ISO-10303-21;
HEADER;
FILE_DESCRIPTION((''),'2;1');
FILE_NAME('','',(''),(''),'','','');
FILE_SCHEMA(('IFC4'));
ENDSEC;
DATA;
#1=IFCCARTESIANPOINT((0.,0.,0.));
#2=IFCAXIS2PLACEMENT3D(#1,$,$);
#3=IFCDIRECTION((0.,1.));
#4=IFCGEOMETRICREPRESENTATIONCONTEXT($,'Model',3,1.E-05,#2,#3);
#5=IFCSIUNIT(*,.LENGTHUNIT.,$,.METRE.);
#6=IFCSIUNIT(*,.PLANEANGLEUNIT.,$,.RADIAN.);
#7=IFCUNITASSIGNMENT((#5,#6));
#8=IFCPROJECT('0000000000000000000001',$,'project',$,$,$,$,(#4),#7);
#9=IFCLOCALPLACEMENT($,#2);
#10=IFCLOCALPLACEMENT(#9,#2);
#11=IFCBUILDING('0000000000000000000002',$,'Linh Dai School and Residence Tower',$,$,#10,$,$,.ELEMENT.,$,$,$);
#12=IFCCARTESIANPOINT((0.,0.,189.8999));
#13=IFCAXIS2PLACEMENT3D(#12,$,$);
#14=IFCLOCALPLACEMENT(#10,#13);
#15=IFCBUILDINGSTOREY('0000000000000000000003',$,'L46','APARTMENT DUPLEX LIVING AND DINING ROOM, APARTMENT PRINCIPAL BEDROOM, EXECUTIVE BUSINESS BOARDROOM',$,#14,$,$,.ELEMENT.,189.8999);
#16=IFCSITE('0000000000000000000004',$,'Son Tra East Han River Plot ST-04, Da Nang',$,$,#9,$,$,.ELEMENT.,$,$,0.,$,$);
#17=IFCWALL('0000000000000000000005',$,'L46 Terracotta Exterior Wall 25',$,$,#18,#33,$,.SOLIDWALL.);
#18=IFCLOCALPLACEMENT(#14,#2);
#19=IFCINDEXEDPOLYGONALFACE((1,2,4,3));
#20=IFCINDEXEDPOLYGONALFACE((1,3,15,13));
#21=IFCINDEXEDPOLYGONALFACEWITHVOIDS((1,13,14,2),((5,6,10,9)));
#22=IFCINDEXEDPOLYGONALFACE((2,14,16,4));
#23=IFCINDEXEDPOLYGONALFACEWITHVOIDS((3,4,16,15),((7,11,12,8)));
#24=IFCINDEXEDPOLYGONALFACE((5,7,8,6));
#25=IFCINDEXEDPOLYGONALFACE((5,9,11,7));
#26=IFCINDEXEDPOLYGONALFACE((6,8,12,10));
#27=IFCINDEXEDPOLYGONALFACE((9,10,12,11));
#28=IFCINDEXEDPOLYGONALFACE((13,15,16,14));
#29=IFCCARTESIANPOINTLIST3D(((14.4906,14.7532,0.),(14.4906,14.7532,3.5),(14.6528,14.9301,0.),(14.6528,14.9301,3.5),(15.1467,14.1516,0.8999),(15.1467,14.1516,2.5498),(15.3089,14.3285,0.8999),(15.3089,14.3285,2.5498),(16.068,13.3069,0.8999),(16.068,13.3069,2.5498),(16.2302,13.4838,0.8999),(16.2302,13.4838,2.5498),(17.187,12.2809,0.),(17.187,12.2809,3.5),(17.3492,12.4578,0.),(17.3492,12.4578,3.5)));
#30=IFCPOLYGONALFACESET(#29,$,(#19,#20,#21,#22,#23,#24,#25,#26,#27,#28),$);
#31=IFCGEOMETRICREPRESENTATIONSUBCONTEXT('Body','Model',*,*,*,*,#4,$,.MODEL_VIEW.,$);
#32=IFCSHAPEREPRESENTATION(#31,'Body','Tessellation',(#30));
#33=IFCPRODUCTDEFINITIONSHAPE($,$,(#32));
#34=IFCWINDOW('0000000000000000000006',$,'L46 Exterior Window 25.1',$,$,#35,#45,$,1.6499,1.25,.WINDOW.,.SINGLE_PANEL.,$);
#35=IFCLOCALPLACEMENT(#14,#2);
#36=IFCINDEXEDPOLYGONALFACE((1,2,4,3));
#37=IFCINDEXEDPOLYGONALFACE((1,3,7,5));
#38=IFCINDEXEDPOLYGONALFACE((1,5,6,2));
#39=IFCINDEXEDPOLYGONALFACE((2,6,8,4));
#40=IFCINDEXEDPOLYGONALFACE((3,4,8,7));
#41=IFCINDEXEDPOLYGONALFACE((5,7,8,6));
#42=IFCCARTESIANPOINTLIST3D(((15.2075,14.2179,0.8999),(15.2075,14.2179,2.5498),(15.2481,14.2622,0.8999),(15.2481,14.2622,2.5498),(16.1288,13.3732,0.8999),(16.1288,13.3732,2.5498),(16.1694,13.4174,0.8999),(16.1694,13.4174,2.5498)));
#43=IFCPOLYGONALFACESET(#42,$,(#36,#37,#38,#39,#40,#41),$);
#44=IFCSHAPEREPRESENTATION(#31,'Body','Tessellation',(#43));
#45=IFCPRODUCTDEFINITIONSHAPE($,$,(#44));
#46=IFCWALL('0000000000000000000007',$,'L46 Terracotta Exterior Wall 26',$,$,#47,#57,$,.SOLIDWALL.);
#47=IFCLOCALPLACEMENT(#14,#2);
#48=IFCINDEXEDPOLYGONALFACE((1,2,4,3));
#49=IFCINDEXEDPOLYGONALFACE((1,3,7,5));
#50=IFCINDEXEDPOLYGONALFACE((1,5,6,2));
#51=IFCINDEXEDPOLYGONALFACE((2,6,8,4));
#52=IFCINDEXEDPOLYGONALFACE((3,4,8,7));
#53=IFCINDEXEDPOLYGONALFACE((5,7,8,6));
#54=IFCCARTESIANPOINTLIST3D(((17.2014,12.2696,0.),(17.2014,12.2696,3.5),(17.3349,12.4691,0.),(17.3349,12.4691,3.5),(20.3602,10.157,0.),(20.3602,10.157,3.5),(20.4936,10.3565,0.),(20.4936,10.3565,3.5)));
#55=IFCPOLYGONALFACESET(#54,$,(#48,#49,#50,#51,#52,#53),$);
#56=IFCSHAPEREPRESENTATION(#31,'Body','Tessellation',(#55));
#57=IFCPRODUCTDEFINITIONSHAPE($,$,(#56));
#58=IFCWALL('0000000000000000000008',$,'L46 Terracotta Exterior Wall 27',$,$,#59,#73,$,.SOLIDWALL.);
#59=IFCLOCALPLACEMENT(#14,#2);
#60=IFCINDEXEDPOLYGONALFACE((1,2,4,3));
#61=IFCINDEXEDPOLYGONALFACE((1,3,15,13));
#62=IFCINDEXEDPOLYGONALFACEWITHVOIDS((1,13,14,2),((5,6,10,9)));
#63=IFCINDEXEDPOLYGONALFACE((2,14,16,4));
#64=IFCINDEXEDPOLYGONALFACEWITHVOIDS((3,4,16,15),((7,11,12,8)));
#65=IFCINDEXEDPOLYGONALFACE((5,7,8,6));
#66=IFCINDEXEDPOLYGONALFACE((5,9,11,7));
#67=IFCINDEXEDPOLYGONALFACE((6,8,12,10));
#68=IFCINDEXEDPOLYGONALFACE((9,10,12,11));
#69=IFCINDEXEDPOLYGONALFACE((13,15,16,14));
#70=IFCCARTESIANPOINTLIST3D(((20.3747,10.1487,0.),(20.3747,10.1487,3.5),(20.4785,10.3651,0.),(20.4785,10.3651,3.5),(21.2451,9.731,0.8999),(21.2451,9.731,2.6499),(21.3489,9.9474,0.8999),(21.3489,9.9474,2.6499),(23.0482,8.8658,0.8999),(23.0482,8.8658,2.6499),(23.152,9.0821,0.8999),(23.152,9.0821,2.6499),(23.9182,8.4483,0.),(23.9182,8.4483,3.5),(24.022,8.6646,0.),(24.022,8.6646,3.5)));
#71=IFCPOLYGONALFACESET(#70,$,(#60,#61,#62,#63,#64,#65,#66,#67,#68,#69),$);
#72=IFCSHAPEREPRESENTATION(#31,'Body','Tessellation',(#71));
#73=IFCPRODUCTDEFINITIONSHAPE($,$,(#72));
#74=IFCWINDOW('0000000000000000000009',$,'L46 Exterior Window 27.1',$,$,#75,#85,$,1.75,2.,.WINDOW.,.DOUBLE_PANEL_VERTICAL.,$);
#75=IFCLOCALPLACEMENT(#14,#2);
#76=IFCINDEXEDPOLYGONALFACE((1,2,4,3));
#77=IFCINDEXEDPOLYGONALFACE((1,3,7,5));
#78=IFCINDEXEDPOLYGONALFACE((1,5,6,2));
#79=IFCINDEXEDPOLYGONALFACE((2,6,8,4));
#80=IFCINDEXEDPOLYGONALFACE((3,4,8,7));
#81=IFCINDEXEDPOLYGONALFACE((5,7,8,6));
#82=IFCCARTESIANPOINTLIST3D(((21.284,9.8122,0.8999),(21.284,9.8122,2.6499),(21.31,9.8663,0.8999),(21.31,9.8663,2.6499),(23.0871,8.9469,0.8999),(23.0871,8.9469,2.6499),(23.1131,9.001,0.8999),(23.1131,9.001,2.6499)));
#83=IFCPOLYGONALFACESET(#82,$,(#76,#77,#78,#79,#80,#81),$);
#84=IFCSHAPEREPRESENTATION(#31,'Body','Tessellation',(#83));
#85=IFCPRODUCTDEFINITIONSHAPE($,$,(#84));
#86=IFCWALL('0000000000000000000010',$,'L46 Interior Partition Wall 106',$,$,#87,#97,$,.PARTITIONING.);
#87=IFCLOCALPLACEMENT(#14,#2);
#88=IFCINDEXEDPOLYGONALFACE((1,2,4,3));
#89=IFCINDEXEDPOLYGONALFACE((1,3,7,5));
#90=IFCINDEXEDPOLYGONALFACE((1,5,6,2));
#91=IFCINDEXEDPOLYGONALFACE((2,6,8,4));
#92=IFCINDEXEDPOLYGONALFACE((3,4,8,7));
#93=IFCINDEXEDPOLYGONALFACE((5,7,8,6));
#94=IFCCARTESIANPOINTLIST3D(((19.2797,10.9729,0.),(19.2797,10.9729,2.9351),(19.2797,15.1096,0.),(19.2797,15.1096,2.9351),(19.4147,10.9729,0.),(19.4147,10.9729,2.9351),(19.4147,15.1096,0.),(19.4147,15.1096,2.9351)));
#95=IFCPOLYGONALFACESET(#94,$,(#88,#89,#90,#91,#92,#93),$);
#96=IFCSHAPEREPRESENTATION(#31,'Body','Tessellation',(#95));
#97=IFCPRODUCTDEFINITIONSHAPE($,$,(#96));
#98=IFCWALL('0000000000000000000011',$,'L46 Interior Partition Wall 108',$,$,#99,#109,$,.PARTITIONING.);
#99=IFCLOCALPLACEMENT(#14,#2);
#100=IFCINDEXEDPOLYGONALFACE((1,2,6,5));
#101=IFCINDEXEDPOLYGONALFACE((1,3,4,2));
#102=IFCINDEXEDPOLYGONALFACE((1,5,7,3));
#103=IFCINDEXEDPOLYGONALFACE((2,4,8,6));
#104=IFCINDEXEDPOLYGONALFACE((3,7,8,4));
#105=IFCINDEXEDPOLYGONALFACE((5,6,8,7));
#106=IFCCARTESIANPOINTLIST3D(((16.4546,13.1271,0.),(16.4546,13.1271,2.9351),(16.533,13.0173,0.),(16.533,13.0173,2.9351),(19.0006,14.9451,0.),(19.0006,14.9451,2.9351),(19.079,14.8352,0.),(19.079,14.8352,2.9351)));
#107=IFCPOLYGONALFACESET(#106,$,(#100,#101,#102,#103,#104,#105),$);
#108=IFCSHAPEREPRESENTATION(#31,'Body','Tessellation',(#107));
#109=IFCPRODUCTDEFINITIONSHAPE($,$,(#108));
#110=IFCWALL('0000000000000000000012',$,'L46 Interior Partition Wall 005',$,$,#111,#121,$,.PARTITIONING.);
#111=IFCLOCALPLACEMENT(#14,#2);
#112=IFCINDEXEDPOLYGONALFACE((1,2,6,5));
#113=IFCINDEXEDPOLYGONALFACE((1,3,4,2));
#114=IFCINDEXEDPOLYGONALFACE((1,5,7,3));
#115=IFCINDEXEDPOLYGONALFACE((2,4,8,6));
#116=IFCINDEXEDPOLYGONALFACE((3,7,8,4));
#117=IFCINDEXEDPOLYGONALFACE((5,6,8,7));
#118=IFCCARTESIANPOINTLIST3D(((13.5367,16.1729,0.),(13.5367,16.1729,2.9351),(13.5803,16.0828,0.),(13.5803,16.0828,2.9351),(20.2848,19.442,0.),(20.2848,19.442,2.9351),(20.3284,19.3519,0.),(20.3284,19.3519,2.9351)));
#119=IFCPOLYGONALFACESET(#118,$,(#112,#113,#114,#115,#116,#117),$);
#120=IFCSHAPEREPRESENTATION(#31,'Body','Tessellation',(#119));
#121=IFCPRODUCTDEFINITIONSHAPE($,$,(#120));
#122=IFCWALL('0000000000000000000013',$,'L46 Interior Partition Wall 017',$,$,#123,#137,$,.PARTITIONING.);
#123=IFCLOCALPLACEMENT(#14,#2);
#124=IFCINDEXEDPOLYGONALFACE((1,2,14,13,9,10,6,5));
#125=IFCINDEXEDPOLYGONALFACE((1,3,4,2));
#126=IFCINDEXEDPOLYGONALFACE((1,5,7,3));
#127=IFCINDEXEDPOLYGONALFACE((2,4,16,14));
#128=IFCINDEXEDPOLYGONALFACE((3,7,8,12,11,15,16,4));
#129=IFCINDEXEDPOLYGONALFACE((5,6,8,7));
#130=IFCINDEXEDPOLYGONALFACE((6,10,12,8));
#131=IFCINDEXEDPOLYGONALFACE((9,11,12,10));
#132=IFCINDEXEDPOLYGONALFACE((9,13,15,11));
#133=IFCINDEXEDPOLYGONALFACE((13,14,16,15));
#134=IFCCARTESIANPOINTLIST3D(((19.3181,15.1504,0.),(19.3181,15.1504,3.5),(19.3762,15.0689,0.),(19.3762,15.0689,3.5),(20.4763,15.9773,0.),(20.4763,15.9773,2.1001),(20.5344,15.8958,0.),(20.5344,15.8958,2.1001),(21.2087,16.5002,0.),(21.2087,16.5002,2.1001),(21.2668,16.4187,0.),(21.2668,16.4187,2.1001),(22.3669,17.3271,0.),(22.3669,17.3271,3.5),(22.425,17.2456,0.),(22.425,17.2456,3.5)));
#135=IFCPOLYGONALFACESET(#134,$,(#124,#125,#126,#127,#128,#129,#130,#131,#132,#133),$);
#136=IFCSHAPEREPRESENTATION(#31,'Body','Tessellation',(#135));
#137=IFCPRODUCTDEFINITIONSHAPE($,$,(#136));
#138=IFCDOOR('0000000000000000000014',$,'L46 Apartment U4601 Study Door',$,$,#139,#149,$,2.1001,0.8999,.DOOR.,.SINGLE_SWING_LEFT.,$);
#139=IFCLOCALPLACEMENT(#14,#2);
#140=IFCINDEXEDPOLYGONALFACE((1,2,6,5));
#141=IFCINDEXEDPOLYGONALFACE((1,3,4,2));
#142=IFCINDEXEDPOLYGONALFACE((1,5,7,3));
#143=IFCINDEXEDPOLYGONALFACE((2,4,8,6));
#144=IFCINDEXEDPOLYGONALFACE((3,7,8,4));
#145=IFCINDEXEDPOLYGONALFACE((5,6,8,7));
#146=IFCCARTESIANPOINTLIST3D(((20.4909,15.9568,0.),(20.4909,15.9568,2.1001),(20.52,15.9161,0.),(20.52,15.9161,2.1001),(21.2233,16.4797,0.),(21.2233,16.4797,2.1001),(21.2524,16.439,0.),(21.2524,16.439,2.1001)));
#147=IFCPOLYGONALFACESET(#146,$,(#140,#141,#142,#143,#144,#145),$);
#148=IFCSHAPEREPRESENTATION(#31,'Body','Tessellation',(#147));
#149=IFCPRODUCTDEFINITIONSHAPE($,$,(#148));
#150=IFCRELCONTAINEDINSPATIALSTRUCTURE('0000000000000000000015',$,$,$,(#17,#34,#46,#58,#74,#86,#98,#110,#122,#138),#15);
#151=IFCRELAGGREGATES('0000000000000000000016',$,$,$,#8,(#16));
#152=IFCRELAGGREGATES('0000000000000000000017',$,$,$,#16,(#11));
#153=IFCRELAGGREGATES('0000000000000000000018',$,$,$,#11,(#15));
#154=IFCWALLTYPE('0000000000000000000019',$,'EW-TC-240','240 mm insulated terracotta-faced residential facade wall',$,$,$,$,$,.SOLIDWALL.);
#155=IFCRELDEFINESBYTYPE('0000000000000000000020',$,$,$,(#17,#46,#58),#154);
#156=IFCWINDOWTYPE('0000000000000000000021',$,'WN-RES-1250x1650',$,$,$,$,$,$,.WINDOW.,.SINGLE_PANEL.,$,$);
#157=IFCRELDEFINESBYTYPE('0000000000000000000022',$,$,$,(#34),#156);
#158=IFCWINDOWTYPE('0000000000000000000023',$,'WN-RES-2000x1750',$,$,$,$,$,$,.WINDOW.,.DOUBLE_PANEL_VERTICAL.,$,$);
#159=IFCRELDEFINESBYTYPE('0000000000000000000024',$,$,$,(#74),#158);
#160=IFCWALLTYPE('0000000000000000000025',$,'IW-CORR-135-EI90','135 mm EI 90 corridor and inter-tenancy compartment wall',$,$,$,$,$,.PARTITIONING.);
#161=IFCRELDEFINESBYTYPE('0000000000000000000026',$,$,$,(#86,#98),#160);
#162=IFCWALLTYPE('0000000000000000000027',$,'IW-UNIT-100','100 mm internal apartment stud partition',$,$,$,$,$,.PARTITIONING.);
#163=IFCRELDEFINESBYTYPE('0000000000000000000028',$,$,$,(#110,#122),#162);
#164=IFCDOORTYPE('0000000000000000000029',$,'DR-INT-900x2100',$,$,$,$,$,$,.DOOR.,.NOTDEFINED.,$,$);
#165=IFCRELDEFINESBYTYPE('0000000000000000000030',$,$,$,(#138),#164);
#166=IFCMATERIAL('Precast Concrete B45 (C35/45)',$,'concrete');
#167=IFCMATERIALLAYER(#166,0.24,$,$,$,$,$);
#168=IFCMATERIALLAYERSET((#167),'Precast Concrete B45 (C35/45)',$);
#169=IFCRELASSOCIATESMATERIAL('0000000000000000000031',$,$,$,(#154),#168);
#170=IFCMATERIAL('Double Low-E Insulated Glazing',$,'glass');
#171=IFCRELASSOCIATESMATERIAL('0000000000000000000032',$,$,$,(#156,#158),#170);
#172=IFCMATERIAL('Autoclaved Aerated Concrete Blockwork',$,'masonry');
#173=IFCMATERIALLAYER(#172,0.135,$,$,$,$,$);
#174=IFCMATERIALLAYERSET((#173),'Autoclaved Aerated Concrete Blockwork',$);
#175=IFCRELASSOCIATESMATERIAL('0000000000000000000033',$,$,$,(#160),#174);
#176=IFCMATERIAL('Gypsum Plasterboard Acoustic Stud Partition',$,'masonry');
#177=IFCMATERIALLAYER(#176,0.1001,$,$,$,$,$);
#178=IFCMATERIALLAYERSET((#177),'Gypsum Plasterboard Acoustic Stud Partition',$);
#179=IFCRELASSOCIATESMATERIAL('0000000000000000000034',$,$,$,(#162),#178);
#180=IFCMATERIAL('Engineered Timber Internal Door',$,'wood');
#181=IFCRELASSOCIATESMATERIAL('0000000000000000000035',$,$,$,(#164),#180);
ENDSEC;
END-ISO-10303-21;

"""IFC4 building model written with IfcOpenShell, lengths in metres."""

from ifc_helpers import new_model, si_unit, direction, frame, frame_2d, origin, origin_2d, place, context, subcontext, project, spatial, rectangle, extrude, source, transform, mapped, material, layer, layer_set, type_object, element, fill, save


model = new_model("IFC4")

# Units and contexts
model_context = context("Model", 3, precision=1e-05, world=origin(), true_north=direction((0.0, 1.0)))
body_context = subcontext(model_context, "Body", "Model", "MODEL_VIEW")
ifc_project = project(units=[si_unit("LENGTHUNIT", "METRE"), si_unit("PLANEANGLEUNIT", "RADIAN")], contexts=[model_context])

# Site, building, storey
site_placement = place(None, origin())
site = spatial("IfcSite", under=ifc_project, at=site_placement, Name="Son Tra East Han River Plot ST-04, Da Nang", CompositionType="ELEMENT", RefElevation=0.0)
building_placement = place(site_placement, origin())
building = spatial("IfcBuilding", under=site, at=building_placement, Name="Linh Dai School and Residence Tower", CompositionType="ELEMENT")
storey_placement = place(building_placement, frame((0.0, 0.0, 189.8999)))
storey = spatial("IfcBuildingStorey", under=building, at=storey_placement, Name="L46", Description="APARTMENT DUPLEX LIVING AND DINING ROOM, APARTMENT PRINCIPAL BEDROOM, EXECUTIVE BUSINESS BOARDROOM", CompositionType="ELEMENT", Elevation=189.8999)

# Shared definitions
ifc_material_1 = material(Name="Precast Concrete B45 (C35/45)", Category="concrete")

# Shared definitions
ifc_layer_1 = layer(ifc_material_1, 0.24)
ifc_layer_set_1 = layer_set([ifc_layer_1], Name="Precast Concrete B45 (C35/45)")
wall_type_1 = type_object("IfcWallType", Name="EW-TC-240", Description="240 mm insulated terracotta-faced residential facade wall", PredefinedType="SOLIDWALL", material=ifc_layer_set_1)

# Wall, opening, window
wall_1_placement = place(storey_placement, frame((17.2681, 12.3694, 0.0), z_axis=(0.0, 0.0, 1.0), x_axis=(-0.737077, 0.675809, 0.0)))
wall_1 = element("IfcWall", 1, at=wall_1_placement, inside=storey, type_object=wall_type_1, Name="L46 Terracotta Exterior Wall 25", PredefinedType="SOLIDWALL", context=body_context, shape_type="SweptSolid", body=[
    extrude(rectangle(XDim=3.6582, YDim=0.24, at=frame_2d((1.8291, 0.0))), origin(), (0.0, 0.0, 1.0), 3.5),
])
opening_1_placement = place(wall_1_placement, frame((1.5181, 0.0, 0.8999)))
opening_1 = element("IfcOpeningElement", 2, at=opening_1_placement, cuts=wall_1, PredefinedType="OPENING", context=body_context, shape_type="SweptSolid", body=[
    extrude(rectangle(XDim=1.25, YDim=1.6499, at=origin_2d()), frame((0.625, 0.1299, 0.825), z_axis=(0.0, -1.0, 0.0), x_axis=(1.0, 0.0, 0.0)), (0.0, 0.0, 1.0), 0.26),
])
ifc_material_2 = material(Name="Double Low-E Insulated Glazing", Category="glass")
window_type_1 = type_object("IfcWindowType", Name="WN-RES-1250x1650", PartitioningType="SINGLE_PANEL", PredefinedType="WINDOW", material=ifc_material_2)
shared_shape_1 = source(origin(), body_context, "Body", "SweptSolid", [
    extrude(rectangle(XDim=1.25, YDim=1.6499, at=origin_2d()), frame((0.625, 0.03, 0.825), z_axis=(0.0, -1.0, 0.0), x_axis=(1.0, 0.0, 0.0)), (0.0, 0.0, 1.0), 0.0601),
])
window_1_placement = place(opening_1_placement, origin())
window_1 = element("IfcWindow", 3, at=window_1_placement, inside=storey, type_object=window_type_1, Name="L46 Exterior Window 25.1", OverallHeight=1.6499, OverallWidth=1.25, PartitioningType="SINGLE_PANEL", PredefinedType="WINDOW", context=body_context, shape_type="MappedRepresentation", body=[
    mapped(shared_shape_1, transform((0.0, 0.0, 0.0), x_axis=(1.0, 0.0, 0.0), y_axis=(0.0, 1.0, 0.0), z_axis=(0.0, 0.0, 1.0), scale=1.0)),
])
fill(opening_1, window_1)

# Wall
wall_2_placement = place(storey_placement, frame((20.4268, 10.2568, 0.0), z_axis=(0.0, 0.0, 1.0), x_axis=(-0.831229, 0.55593, 0.0)))
element("IfcWall", 4, at=wall_2_placement, inside=storey, type_object=wall_type_1, Name="L46 Terracotta Exterior Wall 26", PredefinedType="SOLIDWALL", context=body_context, shape_type="SweptSolid", body=[
    extrude(rectangle(XDim=3.8, YDim=0.24, at=frame_2d((1.8999, 0.0))), origin(), (0.0, 0.0, 1.0), 3.5),
])

# Wall, opening, window
wall_3_placement = place(storey_placement, frame((23.9702, 8.5564, 0.0), z_axis=(0.0, 0.0, 1.0), x_axis=(-0.901565, 0.432644, 0.0)))
wall_3 = element("IfcWall", 5, at=wall_3_placement, inside=storey, type_object=wall_type_1, Name="L46 Terracotta Exterior Wall 27", PredefinedType="SOLIDWALL", context=body_context, shape_type="SweptSolid", body=[
    extrude(rectangle(XDim=3.9304, YDim=0.24, at=frame_2d((1.9653, 0.0))), origin(), (0.0, 0.0, 1.0), 3.5),
])
opening_2_placement = place(wall_3_placement, frame((0.9651, 0.0, 0.8999)))
opening_2 = element("IfcOpeningElement", 6, at=opening_2_placement, cuts=wall_3, PredefinedType="OPENING", context=body_context, shape_type="SweptSolid", body=[
    extrude(rectangle(XDim=2.0, YDim=1.75, at=origin_2d()), frame((1.0, 0.1299, 0.875), z_axis=(0.0, -1.0, 0.0), x_axis=(1.0, 0.0, 0.0)), (0.0, 0.0, 1.0), 0.26),
])
window_type_2 = type_object("IfcWindowType", Name="WN-RES-2000x1750", PartitioningType="DOUBLE_PANEL_VERTICAL", PredefinedType="WINDOW", material=ifc_material_2)
shared_shape_2 = source(origin(), body_context, "Body", "SweptSolid", [
    extrude(rectangle(XDim=2.0, YDim=1.75, at=origin_2d()), frame((1.0, 0.03, 0.875), z_axis=(0.0, -1.0, 0.0), x_axis=(1.0, 0.0, 0.0)), (0.0, 0.0, 1.0), 0.0601),
])
window_2_placement = place(opening_2_placement, origin())
window_2 = element("IfcWindow", 7, at=window_2_placement, inside=storey, type_object=window_type_2, Name="L46 Exterior Window 27.1", OverallHeight=1.75, OverallWidth=2.0, PartitioningType="DOUBLE_PANEL_VERTICAL", PredefinedType="WINDOW", context=body_context, shape_type="MappedRepresentation", body=[
    mapped(shared_shape_2, transform((0.0, 0.0, 0.0), x_axis=(1.0, 0.0, 0.0), y_axis=(0.0, 1.0, 0.0), z_axis=(0.0, 0.0, 1.0), scale=1.0)),
])
fill(opening_2, window_2)

# Walls
ifc_material_3 = material(Name="Autoclaved Aerated Concrete Blockwork", Category="masonry")
ifc_layer_2 = layer(ifc_material_3, 0.135)
ifc_layer_set_2 = layer_set([ifc_layer_2], Name="Autoclaved Aerated Concrete Blockwork")
wall_type_2 = type_object("IfcWallType", Name="IW-CORR-135-EI90", Description="135 mm EI 90 corridor and inter-tenancy compartment wall", PredefinedType="PARTITIONING", material=ifc_layer_set_2)
wall_4_placement = place(storey_placement, frame((19.3472, 10.9729, 0.0), z_axis=(0.0, 0.0, 1.0), x_axis=(0.0, 1.0, 0.0)))
element("IfcWall", 8, at=wall_4_placement, inside=storey, type_object=wall_type_2, Name="L46 Interior Partition Wall 106", PredefinedType="PARTITIONING", context=body_context, shape_type="SweptSolid", body=[
    extrude(rectangle(XDim=4.1367, YDim=0.135, at=frame_2d((2.0684, 0.0))), origin(), (0.0, 0.0, 1.0), 2.9351),
])
wall_5_placement = place(storey_placement, frame((19.0398, 14.8901, 0.0), z_axis=(0.0, 0.0, 1.0), x_axis=(-0.813828, -0.581105, 0.0)))
element("IfcWall", 9, at=wall_5_placement, inside=storey, type_object=wall_type_2, Name="L46 Interior Partition Wall 108", PredefinedType="PARTITIONING", context=body_context, shape_type="SweptSolid", body=[
    extrude(rectangle(XDim=3.1284, YDim=0.135, at=frame_2d((1.5642, 0.0))), origin(), (0.0, 0.0, 1.0), 2.9351),
])
ifc_material_4 = material(Name="Gypsum Plasterboard Acoustic Stud Partition", Category="masonry")
ifc_layer_3 = layer(ifc_material_4, 0.1001)
ifc_layer_set_3 = layer_set([ifc_layer_3], Name="Gypsum Plasterboard Acoustic Stud Partition")
wall_type_3 = type_object("IfcWallType", Name="IW-UNIT-100", Description="100 mm internal apartment stud partition", PredefinedType="PARTITIONING", material=ifc_layer_set_3)
wall_6_placement = place(storey_placement, frame((13.5586, 16.1279, 0.0), z_axis=(0.0, 0.0, 1.0), x_axis=(0.899957, 0.435978, 0.0)))
element("IfcWall", 10, at=wall_6_placement, inside=storey, type_object=wall_type_3, Name="L46 Interior Partition Wall 005", PredefinedType="PARTITIONING", context=body_context, shape_type="SweptSolid", body=[
    extrude(rectangle(XDim=7.4983, YDim=0.1001, at=frame_2d((3.749, 0.0))), origin(), (0.0, 0.0, 1.0), 2.9351),
])

# Wall, opening, door
wall_7_placement = place(storey_placement, frame((19.3472, 15.1096, 0.0), z_axis=(0.0, 0.0, 1.0), x_axis=(0.813857, 0.581066, 0.0)))
wall_7 = element("IfcWall", 11, at=wall_7_placement, inside=storey, type_object=wall_type_3, Name="L46 Interior Partition Wall 017", PredefinedType="PARTITIONING", context=body_context, shape_type="SweptSolid", body=[
    extrude(rectangle(XDim=3.7461, YDim=0.1001, at=frame_2d((1.873, 0.0))), origin(), (0.0, 0.0, 1.0), 3.5),
])
opening_3_placement = place(wall_7_placement, frame((1.4231, 0.0, 0.0)))
opening_3 = element("IfcOpeningElement", 12, at=opening_3_placement, cuts=wall_7, PredefinedType="OPENING", context=body_context, shape_type="SweptSolid", body=[
    extrude(rectangle(XDim=0.8999, YDim=2.1001, at=origin_2d()), frame((0.45, 0.0601, 1.05), z_axis=(0.0, -1.0, 0.0), x_axis=(1.0, 0.0, 0.0)), (0.0, 0.0, 1.0), 0.1201),
])
ifc_material_5 = material(Name="Engineered Timber Internal Door", Category="wood")
door_type = type_object("IfcDoorType", Name="DR-INT-900x2100", OperationType="NOTDEFINED", PredefinedType="DOOR", material=ifc_material_5)
shared_shape_3 = source(origin(), body_context, "Body", "SweptSolid", [
    extrude(rectangle(XDim=0.8999, YDim=2.1001, at=origin_2d()), frame((0.45, 0.0249, 1.05), z_axis=(0.0, -1.0, 0.0), x_axis=(1.0, 0.0, 0.0)), (0.0, 0.0, 1.0), 0.05),
])
door_placement = place(opening_3_placement, origin())
door = element("IfcDoor", 13, at=door_placement, inside=storey, type_object=door_type, Name="L46 Apartment U4601 Study Door", OperationType="SINGLE_SWING_LEFT", OverallHeight=2.1001, OverallWidth=0.8999, PredefinedType="DOOR", context=body_context, shape_type="MappedRepresentation", body=[
    mapped(shared_shape_3, transform((0.0, 0.0, 0.0), x_axis=(1.0, 0.0, 0.0), y_axis=(0.0, 1.0, 0.0), z_axis=(0.0, 0.0, 1.0), scale=1.0)),
])
fill(opening_3, door)

save(model, "model.ifc")
